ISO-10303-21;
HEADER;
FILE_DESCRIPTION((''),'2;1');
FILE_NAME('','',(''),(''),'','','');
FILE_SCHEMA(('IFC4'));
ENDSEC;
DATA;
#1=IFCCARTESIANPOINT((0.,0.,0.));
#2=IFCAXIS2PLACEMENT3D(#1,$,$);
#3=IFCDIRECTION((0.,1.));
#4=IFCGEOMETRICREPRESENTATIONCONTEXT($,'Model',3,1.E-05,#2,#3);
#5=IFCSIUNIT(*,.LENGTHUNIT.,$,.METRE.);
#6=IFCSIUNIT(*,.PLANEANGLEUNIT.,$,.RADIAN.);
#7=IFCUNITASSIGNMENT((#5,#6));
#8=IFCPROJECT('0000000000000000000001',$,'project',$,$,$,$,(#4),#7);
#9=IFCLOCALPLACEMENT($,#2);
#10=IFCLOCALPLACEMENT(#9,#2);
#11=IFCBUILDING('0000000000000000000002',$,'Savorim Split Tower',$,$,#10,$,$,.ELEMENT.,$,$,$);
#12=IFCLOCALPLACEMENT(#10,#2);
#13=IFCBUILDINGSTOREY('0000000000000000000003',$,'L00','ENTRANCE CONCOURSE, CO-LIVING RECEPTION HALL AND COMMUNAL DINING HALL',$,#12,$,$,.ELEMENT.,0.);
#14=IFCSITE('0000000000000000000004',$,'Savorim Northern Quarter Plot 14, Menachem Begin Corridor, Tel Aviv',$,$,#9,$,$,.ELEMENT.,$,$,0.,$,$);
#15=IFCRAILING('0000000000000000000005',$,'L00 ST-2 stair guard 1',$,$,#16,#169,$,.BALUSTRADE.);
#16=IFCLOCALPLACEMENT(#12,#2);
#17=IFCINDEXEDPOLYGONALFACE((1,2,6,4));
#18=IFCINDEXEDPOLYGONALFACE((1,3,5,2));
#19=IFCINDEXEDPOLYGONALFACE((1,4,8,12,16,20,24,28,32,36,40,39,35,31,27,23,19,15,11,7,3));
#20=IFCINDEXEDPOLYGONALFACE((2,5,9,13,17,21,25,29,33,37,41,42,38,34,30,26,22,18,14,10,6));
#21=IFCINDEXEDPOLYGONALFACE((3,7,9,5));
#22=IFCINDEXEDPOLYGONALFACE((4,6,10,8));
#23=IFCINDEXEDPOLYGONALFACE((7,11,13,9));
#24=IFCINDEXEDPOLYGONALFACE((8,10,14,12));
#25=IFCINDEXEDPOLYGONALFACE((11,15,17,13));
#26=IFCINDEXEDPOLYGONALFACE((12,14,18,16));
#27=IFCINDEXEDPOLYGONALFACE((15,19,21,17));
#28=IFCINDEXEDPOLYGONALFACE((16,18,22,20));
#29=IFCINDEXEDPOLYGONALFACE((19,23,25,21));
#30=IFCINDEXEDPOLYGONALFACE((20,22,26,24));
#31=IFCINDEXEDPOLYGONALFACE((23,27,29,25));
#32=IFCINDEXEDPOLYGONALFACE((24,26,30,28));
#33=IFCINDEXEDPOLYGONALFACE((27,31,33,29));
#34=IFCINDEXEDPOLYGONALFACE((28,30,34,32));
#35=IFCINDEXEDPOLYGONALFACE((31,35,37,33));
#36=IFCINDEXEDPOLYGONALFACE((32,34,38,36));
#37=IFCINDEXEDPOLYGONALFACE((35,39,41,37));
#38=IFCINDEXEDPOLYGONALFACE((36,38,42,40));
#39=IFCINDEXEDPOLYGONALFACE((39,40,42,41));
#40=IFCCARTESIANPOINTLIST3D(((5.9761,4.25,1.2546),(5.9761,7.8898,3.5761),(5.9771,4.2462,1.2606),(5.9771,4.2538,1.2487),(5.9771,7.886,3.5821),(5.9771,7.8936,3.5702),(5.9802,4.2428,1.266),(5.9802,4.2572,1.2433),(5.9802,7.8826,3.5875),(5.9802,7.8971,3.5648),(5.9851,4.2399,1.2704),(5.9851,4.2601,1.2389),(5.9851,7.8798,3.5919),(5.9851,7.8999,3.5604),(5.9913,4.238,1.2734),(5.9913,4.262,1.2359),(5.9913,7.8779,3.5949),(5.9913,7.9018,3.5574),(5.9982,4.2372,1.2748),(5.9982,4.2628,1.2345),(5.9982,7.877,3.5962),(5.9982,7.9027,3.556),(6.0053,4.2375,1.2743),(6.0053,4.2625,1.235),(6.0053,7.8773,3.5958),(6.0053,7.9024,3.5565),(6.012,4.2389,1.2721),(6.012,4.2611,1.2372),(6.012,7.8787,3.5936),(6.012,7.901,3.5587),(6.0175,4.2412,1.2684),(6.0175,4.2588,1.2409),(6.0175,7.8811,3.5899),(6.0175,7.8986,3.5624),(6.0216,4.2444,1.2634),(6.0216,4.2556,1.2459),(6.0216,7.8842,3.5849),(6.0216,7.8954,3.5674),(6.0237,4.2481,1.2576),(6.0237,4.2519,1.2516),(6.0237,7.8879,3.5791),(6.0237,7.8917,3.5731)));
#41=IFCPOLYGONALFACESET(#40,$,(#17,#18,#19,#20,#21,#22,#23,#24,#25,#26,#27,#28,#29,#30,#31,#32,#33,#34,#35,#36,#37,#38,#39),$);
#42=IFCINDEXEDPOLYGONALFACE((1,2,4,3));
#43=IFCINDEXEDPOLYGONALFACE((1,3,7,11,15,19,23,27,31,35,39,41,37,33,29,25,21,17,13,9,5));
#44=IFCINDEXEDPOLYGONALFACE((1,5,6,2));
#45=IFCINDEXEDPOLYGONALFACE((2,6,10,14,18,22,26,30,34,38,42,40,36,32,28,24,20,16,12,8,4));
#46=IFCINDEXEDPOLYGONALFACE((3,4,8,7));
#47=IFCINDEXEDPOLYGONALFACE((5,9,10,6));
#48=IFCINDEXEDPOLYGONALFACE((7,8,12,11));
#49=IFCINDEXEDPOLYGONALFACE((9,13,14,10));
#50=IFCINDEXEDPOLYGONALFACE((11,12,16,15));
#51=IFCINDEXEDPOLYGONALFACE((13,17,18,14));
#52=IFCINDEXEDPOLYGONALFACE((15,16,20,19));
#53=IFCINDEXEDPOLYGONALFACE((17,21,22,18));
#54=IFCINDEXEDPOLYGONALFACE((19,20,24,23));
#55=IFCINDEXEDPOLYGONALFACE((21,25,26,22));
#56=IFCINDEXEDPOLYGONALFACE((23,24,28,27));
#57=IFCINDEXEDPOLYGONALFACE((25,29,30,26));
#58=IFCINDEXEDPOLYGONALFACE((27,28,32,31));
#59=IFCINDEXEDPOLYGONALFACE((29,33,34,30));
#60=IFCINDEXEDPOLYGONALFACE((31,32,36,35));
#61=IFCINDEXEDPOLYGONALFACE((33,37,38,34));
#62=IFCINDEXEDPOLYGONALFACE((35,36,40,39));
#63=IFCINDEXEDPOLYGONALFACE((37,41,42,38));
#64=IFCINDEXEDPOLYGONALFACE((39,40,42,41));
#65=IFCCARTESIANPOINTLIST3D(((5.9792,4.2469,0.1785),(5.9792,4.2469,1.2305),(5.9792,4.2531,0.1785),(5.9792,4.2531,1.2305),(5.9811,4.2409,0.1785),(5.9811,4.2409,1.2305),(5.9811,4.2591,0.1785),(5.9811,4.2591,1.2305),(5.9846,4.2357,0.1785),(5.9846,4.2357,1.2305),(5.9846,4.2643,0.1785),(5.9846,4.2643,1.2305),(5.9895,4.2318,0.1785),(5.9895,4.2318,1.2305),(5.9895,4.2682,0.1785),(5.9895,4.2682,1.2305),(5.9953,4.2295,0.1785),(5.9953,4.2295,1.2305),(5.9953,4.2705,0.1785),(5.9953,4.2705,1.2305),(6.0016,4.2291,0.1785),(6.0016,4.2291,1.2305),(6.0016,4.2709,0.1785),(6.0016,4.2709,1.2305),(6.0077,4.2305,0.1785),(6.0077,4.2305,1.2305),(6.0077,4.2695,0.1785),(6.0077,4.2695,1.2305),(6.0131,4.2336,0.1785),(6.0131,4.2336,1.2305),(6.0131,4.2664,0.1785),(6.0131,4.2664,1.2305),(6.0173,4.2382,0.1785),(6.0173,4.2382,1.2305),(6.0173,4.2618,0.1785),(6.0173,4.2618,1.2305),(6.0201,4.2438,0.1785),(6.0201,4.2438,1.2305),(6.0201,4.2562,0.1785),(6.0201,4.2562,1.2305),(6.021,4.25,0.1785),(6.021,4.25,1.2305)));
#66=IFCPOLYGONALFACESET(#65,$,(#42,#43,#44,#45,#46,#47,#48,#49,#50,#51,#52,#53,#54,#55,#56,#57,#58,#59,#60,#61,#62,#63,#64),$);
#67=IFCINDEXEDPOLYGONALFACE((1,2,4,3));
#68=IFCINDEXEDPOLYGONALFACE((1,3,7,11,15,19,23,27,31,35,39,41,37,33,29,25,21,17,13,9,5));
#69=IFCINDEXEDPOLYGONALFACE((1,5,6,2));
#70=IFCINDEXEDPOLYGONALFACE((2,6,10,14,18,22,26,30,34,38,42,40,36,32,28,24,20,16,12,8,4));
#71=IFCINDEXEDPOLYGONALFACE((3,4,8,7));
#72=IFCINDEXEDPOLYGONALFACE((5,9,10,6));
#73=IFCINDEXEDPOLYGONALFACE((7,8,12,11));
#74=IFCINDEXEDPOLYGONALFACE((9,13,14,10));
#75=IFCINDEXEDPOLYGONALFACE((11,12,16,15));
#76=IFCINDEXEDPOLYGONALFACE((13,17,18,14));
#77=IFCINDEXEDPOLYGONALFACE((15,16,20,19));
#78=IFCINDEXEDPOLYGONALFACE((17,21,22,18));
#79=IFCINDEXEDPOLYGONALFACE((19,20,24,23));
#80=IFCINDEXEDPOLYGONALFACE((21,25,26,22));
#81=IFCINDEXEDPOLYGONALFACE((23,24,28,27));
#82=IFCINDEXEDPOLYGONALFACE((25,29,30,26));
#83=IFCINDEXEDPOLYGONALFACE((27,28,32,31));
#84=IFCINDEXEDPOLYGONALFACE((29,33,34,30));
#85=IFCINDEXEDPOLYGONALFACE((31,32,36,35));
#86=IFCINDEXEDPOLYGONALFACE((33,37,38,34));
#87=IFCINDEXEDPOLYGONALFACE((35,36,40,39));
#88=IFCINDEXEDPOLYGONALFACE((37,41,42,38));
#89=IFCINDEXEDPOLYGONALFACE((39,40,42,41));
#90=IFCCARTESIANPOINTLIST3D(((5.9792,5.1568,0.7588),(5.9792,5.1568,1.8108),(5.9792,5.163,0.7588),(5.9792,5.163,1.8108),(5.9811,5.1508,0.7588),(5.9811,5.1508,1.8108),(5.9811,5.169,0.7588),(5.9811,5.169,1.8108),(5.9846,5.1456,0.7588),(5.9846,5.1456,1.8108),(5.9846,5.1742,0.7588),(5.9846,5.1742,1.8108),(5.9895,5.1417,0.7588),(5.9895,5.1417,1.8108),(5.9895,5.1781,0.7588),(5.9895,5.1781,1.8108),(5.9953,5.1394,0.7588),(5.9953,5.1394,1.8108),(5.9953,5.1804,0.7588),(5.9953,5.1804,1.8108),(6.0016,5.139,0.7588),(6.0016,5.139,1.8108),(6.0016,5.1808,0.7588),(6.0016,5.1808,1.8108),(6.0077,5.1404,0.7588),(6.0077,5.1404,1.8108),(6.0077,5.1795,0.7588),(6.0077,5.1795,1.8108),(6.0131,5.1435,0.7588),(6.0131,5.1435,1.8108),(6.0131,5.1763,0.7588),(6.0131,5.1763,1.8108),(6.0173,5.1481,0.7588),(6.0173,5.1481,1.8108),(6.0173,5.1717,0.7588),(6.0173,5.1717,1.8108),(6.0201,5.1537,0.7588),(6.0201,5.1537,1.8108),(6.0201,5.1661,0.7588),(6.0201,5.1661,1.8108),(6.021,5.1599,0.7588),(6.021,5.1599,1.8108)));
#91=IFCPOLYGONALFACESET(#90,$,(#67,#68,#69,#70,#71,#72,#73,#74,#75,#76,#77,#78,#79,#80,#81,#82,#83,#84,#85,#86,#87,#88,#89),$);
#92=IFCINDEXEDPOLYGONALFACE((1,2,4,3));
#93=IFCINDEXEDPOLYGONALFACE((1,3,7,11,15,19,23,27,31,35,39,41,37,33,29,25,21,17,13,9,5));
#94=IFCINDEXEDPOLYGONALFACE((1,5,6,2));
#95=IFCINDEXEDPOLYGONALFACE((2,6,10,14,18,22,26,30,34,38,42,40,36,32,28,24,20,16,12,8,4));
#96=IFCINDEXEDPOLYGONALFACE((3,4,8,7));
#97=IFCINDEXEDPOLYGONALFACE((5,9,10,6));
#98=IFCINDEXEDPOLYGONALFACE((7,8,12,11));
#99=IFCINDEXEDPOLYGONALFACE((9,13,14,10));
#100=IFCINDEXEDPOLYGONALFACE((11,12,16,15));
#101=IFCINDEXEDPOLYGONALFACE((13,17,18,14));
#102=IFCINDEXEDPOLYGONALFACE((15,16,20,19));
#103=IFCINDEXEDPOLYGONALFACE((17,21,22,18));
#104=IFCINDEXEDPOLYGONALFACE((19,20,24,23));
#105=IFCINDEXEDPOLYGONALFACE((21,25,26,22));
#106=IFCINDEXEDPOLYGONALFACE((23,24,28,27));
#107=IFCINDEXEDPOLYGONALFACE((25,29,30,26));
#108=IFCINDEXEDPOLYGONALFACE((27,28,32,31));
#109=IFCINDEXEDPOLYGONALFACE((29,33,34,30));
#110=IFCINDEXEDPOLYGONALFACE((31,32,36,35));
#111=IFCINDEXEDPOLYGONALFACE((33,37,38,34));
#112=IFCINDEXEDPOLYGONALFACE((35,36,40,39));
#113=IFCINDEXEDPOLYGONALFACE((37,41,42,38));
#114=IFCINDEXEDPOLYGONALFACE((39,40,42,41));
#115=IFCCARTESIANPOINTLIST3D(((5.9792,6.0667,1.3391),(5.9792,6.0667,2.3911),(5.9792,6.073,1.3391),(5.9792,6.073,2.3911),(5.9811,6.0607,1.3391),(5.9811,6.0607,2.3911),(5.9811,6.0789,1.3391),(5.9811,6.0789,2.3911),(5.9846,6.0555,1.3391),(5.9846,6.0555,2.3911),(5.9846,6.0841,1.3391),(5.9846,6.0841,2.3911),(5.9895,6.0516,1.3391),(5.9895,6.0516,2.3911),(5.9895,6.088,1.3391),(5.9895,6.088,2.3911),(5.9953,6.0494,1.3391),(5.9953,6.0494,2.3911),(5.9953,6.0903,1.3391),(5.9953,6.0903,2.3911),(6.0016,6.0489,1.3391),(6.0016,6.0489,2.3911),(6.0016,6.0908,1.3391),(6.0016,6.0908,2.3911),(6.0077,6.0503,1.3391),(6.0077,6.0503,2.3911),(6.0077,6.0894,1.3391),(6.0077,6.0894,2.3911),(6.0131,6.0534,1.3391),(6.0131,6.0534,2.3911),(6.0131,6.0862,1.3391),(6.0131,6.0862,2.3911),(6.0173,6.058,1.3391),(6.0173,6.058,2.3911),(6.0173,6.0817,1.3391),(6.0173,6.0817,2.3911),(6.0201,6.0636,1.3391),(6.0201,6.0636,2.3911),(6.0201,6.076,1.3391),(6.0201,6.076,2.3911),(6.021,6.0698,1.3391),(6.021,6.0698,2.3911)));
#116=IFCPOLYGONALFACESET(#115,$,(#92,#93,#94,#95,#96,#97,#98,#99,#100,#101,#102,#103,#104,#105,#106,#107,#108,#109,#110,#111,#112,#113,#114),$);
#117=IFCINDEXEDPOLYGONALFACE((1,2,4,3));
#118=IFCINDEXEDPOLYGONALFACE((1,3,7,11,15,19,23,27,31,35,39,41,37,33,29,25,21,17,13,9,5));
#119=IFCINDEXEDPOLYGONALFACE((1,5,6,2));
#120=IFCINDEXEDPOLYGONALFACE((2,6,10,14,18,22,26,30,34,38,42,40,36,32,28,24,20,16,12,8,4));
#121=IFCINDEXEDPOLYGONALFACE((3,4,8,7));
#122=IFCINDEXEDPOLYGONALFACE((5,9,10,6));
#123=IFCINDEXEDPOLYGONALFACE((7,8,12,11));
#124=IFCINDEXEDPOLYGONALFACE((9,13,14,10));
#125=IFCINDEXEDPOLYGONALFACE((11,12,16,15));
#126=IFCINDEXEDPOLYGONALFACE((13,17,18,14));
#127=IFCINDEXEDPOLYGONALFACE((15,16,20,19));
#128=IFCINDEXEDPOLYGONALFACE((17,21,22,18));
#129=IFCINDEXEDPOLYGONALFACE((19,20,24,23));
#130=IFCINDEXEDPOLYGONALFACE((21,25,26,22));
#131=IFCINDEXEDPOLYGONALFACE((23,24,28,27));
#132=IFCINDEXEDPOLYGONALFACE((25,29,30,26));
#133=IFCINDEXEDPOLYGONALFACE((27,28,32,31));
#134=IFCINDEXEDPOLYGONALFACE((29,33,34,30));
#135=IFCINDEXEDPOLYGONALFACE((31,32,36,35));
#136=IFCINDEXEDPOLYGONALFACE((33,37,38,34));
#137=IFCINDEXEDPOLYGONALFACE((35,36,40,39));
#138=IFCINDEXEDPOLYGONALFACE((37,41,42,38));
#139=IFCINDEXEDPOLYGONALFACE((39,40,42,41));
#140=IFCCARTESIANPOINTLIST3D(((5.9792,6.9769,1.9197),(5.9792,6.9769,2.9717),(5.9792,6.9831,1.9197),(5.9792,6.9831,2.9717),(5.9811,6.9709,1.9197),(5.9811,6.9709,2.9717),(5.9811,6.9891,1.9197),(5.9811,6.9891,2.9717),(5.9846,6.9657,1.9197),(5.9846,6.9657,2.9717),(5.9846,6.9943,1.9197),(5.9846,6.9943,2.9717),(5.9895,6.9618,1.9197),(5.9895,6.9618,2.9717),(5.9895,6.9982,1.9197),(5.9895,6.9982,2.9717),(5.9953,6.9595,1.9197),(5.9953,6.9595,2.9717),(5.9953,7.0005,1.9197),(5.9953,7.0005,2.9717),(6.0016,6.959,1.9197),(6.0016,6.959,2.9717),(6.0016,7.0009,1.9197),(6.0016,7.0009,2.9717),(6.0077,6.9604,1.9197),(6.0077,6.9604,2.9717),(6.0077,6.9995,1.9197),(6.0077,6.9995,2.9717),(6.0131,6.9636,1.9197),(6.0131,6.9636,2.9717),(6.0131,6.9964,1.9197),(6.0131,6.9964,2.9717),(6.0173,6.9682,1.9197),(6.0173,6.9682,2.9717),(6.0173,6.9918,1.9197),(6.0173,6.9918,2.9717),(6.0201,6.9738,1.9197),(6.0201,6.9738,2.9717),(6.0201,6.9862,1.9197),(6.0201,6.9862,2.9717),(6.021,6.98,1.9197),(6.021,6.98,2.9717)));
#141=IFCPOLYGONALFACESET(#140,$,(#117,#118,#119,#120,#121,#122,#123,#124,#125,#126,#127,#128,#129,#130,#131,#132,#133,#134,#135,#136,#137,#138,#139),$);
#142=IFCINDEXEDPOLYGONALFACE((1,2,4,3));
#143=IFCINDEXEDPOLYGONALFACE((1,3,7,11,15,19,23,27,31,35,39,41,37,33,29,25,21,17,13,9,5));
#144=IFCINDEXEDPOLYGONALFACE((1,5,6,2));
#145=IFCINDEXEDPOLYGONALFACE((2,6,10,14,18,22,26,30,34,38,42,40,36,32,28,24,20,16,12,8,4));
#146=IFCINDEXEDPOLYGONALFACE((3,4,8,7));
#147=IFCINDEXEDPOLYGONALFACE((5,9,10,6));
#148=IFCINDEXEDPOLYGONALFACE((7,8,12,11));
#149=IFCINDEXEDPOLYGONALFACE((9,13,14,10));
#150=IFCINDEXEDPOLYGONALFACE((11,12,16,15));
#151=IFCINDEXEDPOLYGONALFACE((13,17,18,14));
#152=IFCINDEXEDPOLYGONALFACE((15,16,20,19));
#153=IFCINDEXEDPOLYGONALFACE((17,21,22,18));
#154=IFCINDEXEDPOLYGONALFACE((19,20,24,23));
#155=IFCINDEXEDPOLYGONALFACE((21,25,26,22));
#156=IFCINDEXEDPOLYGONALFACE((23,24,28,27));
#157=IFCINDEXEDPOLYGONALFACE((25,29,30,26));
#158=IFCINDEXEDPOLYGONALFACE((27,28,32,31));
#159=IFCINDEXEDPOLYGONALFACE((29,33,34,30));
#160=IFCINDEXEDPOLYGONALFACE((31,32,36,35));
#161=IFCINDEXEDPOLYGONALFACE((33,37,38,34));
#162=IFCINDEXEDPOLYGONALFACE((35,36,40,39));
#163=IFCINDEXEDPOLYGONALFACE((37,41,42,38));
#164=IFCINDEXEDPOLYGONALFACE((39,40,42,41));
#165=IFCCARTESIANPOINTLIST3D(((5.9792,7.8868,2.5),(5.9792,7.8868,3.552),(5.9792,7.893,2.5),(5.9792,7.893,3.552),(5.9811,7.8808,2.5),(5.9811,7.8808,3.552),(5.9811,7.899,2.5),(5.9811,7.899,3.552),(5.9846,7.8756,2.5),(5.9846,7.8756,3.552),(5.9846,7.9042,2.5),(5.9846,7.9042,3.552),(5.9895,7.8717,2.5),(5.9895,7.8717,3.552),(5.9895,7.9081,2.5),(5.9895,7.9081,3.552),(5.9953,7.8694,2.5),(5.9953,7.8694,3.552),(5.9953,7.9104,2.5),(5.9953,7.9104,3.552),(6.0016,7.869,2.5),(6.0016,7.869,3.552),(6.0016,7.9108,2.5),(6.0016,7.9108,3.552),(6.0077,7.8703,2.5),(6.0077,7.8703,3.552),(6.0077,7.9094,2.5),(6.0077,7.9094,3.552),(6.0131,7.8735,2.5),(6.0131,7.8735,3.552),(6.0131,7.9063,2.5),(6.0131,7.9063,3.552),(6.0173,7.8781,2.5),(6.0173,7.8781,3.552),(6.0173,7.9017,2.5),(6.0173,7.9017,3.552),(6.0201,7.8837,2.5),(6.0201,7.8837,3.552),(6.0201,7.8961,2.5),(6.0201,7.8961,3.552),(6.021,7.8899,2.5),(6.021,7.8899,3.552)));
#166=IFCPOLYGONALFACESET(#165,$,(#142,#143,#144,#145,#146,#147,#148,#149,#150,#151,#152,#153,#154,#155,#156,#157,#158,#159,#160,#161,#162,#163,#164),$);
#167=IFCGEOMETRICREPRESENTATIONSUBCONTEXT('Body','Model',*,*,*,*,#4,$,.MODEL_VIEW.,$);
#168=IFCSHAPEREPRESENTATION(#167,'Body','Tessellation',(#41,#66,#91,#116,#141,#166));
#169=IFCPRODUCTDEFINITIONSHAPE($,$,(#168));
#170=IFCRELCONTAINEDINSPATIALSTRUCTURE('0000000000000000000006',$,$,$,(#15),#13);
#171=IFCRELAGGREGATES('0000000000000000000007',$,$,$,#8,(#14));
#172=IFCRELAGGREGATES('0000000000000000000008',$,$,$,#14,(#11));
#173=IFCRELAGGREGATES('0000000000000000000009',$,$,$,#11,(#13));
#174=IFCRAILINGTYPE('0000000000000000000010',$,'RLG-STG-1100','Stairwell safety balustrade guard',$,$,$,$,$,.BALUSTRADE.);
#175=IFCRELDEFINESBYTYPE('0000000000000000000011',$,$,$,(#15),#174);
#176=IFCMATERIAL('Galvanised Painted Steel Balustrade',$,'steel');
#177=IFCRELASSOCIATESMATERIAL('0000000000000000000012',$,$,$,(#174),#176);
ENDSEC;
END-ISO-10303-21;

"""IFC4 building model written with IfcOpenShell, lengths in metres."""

from ifc_helpers import new_model, si_unit, direction, frame, origin, origin_2d, place, context, subcontext, project, spatial, circle, extrude, material, type_object, element, save


model = new_model("IFC4")

# Units and contexts
model_context = context("Model", 3, precision=1e-05, world=origin(), true_north=direction((0.0, 1.0)))
body_context = subcontext(model_context, "Body", "Model", "MODEL_VIEW")
ifc_project = project(units=[si_unit("LENGTHUNIT", "METRE"), si_unit("PLANEANGLEUNIT", "RADIAN")], contexts=[model_context])

# Site, building, storey
site_placement = place(None, origin())
site = spatial("IfcSite", under=ifc_project, at=site_placement, Name="Savorim Northern Quarter Plot 14, Menachem Begin Corridor, Tel Aviv", CompositionType="ELEMENT", RefElevation=0.0)
building_placement = place(site_placement, origin())
building = spatial("IfcBuilding", under=site, at=building_placement, Name="Savorim Split Tower", CompositionType="ELEMENT")
storey_placement = place(building_placement, origin())
storey = spatial("IfcBuildingStorey", under=building, at=storey_placement, Name="L00", Description="ENTRANCE CONCOURSE, CO-LIVING RECEPTION HALL AND COMMUNAL DINING HALL", CompositionType="ELEMENT", Elevation=0.0)

# Railing
ifc_material_1 = material(Name="Galvanised Painted Steel Balustrade", Category="steel")
railing_type_1 = type_object("IfcRailingType", Name="RLG-STG-1100", Description="Stairwell safety balustrade guard", PredefinedType="BALUSTRADE", material=ifc_material_1)
railing_1_placement = place(storey_placement, frame((6.0, 4.25, 0.1785)))
element("IfcRailing", 1, at=railing_1_placement, inside=storey, type_object=railing_type_1, Name="L00 ST-2 stair guard 1", PredefinedType="BALUSTRADE", context=body_context, shape_type="SweptSolid", body=[
    extrude(circle(Radius=0.0239, at=origin_2d()), frame((0.0, 0.0, 1.0762), z_axis=(0.0, 0.843112, 0.537739), x_axis=(-1.0, 0.0, 0.0)), (0.0, 0.0, 1.0), 4.3171),
    extrude(circle(Radius=0.021, at=origin_2d()), origin(), (0.0, 0.0, 1.0), 1.052),
    extrude(circle(Radius=0.021, at=origin_2d()), frame((0.0, 0.9099, 0.5803)), (0.0, 0.0, 1.0), 1.052),
    extrude(circle(Radius=0.021, at=origin_2d()), frame((0.0, 1.8198, 1.1606)), (0.0, 0.0, 1.0), 1.052),
    extrude(circle(Radius=0.021, at=origin_2d()), frame((0.0, 2.73, 1.7412)), (0.0, 0.0, 1.0), 1.052),
    extrude(circle(Radius=0.021, at=origin_2d()), frame((0.0, 3.6399, 2.3215)), (0.0, 0.0, 1.0), 1.052),
])

save(model, "model.ifc")
